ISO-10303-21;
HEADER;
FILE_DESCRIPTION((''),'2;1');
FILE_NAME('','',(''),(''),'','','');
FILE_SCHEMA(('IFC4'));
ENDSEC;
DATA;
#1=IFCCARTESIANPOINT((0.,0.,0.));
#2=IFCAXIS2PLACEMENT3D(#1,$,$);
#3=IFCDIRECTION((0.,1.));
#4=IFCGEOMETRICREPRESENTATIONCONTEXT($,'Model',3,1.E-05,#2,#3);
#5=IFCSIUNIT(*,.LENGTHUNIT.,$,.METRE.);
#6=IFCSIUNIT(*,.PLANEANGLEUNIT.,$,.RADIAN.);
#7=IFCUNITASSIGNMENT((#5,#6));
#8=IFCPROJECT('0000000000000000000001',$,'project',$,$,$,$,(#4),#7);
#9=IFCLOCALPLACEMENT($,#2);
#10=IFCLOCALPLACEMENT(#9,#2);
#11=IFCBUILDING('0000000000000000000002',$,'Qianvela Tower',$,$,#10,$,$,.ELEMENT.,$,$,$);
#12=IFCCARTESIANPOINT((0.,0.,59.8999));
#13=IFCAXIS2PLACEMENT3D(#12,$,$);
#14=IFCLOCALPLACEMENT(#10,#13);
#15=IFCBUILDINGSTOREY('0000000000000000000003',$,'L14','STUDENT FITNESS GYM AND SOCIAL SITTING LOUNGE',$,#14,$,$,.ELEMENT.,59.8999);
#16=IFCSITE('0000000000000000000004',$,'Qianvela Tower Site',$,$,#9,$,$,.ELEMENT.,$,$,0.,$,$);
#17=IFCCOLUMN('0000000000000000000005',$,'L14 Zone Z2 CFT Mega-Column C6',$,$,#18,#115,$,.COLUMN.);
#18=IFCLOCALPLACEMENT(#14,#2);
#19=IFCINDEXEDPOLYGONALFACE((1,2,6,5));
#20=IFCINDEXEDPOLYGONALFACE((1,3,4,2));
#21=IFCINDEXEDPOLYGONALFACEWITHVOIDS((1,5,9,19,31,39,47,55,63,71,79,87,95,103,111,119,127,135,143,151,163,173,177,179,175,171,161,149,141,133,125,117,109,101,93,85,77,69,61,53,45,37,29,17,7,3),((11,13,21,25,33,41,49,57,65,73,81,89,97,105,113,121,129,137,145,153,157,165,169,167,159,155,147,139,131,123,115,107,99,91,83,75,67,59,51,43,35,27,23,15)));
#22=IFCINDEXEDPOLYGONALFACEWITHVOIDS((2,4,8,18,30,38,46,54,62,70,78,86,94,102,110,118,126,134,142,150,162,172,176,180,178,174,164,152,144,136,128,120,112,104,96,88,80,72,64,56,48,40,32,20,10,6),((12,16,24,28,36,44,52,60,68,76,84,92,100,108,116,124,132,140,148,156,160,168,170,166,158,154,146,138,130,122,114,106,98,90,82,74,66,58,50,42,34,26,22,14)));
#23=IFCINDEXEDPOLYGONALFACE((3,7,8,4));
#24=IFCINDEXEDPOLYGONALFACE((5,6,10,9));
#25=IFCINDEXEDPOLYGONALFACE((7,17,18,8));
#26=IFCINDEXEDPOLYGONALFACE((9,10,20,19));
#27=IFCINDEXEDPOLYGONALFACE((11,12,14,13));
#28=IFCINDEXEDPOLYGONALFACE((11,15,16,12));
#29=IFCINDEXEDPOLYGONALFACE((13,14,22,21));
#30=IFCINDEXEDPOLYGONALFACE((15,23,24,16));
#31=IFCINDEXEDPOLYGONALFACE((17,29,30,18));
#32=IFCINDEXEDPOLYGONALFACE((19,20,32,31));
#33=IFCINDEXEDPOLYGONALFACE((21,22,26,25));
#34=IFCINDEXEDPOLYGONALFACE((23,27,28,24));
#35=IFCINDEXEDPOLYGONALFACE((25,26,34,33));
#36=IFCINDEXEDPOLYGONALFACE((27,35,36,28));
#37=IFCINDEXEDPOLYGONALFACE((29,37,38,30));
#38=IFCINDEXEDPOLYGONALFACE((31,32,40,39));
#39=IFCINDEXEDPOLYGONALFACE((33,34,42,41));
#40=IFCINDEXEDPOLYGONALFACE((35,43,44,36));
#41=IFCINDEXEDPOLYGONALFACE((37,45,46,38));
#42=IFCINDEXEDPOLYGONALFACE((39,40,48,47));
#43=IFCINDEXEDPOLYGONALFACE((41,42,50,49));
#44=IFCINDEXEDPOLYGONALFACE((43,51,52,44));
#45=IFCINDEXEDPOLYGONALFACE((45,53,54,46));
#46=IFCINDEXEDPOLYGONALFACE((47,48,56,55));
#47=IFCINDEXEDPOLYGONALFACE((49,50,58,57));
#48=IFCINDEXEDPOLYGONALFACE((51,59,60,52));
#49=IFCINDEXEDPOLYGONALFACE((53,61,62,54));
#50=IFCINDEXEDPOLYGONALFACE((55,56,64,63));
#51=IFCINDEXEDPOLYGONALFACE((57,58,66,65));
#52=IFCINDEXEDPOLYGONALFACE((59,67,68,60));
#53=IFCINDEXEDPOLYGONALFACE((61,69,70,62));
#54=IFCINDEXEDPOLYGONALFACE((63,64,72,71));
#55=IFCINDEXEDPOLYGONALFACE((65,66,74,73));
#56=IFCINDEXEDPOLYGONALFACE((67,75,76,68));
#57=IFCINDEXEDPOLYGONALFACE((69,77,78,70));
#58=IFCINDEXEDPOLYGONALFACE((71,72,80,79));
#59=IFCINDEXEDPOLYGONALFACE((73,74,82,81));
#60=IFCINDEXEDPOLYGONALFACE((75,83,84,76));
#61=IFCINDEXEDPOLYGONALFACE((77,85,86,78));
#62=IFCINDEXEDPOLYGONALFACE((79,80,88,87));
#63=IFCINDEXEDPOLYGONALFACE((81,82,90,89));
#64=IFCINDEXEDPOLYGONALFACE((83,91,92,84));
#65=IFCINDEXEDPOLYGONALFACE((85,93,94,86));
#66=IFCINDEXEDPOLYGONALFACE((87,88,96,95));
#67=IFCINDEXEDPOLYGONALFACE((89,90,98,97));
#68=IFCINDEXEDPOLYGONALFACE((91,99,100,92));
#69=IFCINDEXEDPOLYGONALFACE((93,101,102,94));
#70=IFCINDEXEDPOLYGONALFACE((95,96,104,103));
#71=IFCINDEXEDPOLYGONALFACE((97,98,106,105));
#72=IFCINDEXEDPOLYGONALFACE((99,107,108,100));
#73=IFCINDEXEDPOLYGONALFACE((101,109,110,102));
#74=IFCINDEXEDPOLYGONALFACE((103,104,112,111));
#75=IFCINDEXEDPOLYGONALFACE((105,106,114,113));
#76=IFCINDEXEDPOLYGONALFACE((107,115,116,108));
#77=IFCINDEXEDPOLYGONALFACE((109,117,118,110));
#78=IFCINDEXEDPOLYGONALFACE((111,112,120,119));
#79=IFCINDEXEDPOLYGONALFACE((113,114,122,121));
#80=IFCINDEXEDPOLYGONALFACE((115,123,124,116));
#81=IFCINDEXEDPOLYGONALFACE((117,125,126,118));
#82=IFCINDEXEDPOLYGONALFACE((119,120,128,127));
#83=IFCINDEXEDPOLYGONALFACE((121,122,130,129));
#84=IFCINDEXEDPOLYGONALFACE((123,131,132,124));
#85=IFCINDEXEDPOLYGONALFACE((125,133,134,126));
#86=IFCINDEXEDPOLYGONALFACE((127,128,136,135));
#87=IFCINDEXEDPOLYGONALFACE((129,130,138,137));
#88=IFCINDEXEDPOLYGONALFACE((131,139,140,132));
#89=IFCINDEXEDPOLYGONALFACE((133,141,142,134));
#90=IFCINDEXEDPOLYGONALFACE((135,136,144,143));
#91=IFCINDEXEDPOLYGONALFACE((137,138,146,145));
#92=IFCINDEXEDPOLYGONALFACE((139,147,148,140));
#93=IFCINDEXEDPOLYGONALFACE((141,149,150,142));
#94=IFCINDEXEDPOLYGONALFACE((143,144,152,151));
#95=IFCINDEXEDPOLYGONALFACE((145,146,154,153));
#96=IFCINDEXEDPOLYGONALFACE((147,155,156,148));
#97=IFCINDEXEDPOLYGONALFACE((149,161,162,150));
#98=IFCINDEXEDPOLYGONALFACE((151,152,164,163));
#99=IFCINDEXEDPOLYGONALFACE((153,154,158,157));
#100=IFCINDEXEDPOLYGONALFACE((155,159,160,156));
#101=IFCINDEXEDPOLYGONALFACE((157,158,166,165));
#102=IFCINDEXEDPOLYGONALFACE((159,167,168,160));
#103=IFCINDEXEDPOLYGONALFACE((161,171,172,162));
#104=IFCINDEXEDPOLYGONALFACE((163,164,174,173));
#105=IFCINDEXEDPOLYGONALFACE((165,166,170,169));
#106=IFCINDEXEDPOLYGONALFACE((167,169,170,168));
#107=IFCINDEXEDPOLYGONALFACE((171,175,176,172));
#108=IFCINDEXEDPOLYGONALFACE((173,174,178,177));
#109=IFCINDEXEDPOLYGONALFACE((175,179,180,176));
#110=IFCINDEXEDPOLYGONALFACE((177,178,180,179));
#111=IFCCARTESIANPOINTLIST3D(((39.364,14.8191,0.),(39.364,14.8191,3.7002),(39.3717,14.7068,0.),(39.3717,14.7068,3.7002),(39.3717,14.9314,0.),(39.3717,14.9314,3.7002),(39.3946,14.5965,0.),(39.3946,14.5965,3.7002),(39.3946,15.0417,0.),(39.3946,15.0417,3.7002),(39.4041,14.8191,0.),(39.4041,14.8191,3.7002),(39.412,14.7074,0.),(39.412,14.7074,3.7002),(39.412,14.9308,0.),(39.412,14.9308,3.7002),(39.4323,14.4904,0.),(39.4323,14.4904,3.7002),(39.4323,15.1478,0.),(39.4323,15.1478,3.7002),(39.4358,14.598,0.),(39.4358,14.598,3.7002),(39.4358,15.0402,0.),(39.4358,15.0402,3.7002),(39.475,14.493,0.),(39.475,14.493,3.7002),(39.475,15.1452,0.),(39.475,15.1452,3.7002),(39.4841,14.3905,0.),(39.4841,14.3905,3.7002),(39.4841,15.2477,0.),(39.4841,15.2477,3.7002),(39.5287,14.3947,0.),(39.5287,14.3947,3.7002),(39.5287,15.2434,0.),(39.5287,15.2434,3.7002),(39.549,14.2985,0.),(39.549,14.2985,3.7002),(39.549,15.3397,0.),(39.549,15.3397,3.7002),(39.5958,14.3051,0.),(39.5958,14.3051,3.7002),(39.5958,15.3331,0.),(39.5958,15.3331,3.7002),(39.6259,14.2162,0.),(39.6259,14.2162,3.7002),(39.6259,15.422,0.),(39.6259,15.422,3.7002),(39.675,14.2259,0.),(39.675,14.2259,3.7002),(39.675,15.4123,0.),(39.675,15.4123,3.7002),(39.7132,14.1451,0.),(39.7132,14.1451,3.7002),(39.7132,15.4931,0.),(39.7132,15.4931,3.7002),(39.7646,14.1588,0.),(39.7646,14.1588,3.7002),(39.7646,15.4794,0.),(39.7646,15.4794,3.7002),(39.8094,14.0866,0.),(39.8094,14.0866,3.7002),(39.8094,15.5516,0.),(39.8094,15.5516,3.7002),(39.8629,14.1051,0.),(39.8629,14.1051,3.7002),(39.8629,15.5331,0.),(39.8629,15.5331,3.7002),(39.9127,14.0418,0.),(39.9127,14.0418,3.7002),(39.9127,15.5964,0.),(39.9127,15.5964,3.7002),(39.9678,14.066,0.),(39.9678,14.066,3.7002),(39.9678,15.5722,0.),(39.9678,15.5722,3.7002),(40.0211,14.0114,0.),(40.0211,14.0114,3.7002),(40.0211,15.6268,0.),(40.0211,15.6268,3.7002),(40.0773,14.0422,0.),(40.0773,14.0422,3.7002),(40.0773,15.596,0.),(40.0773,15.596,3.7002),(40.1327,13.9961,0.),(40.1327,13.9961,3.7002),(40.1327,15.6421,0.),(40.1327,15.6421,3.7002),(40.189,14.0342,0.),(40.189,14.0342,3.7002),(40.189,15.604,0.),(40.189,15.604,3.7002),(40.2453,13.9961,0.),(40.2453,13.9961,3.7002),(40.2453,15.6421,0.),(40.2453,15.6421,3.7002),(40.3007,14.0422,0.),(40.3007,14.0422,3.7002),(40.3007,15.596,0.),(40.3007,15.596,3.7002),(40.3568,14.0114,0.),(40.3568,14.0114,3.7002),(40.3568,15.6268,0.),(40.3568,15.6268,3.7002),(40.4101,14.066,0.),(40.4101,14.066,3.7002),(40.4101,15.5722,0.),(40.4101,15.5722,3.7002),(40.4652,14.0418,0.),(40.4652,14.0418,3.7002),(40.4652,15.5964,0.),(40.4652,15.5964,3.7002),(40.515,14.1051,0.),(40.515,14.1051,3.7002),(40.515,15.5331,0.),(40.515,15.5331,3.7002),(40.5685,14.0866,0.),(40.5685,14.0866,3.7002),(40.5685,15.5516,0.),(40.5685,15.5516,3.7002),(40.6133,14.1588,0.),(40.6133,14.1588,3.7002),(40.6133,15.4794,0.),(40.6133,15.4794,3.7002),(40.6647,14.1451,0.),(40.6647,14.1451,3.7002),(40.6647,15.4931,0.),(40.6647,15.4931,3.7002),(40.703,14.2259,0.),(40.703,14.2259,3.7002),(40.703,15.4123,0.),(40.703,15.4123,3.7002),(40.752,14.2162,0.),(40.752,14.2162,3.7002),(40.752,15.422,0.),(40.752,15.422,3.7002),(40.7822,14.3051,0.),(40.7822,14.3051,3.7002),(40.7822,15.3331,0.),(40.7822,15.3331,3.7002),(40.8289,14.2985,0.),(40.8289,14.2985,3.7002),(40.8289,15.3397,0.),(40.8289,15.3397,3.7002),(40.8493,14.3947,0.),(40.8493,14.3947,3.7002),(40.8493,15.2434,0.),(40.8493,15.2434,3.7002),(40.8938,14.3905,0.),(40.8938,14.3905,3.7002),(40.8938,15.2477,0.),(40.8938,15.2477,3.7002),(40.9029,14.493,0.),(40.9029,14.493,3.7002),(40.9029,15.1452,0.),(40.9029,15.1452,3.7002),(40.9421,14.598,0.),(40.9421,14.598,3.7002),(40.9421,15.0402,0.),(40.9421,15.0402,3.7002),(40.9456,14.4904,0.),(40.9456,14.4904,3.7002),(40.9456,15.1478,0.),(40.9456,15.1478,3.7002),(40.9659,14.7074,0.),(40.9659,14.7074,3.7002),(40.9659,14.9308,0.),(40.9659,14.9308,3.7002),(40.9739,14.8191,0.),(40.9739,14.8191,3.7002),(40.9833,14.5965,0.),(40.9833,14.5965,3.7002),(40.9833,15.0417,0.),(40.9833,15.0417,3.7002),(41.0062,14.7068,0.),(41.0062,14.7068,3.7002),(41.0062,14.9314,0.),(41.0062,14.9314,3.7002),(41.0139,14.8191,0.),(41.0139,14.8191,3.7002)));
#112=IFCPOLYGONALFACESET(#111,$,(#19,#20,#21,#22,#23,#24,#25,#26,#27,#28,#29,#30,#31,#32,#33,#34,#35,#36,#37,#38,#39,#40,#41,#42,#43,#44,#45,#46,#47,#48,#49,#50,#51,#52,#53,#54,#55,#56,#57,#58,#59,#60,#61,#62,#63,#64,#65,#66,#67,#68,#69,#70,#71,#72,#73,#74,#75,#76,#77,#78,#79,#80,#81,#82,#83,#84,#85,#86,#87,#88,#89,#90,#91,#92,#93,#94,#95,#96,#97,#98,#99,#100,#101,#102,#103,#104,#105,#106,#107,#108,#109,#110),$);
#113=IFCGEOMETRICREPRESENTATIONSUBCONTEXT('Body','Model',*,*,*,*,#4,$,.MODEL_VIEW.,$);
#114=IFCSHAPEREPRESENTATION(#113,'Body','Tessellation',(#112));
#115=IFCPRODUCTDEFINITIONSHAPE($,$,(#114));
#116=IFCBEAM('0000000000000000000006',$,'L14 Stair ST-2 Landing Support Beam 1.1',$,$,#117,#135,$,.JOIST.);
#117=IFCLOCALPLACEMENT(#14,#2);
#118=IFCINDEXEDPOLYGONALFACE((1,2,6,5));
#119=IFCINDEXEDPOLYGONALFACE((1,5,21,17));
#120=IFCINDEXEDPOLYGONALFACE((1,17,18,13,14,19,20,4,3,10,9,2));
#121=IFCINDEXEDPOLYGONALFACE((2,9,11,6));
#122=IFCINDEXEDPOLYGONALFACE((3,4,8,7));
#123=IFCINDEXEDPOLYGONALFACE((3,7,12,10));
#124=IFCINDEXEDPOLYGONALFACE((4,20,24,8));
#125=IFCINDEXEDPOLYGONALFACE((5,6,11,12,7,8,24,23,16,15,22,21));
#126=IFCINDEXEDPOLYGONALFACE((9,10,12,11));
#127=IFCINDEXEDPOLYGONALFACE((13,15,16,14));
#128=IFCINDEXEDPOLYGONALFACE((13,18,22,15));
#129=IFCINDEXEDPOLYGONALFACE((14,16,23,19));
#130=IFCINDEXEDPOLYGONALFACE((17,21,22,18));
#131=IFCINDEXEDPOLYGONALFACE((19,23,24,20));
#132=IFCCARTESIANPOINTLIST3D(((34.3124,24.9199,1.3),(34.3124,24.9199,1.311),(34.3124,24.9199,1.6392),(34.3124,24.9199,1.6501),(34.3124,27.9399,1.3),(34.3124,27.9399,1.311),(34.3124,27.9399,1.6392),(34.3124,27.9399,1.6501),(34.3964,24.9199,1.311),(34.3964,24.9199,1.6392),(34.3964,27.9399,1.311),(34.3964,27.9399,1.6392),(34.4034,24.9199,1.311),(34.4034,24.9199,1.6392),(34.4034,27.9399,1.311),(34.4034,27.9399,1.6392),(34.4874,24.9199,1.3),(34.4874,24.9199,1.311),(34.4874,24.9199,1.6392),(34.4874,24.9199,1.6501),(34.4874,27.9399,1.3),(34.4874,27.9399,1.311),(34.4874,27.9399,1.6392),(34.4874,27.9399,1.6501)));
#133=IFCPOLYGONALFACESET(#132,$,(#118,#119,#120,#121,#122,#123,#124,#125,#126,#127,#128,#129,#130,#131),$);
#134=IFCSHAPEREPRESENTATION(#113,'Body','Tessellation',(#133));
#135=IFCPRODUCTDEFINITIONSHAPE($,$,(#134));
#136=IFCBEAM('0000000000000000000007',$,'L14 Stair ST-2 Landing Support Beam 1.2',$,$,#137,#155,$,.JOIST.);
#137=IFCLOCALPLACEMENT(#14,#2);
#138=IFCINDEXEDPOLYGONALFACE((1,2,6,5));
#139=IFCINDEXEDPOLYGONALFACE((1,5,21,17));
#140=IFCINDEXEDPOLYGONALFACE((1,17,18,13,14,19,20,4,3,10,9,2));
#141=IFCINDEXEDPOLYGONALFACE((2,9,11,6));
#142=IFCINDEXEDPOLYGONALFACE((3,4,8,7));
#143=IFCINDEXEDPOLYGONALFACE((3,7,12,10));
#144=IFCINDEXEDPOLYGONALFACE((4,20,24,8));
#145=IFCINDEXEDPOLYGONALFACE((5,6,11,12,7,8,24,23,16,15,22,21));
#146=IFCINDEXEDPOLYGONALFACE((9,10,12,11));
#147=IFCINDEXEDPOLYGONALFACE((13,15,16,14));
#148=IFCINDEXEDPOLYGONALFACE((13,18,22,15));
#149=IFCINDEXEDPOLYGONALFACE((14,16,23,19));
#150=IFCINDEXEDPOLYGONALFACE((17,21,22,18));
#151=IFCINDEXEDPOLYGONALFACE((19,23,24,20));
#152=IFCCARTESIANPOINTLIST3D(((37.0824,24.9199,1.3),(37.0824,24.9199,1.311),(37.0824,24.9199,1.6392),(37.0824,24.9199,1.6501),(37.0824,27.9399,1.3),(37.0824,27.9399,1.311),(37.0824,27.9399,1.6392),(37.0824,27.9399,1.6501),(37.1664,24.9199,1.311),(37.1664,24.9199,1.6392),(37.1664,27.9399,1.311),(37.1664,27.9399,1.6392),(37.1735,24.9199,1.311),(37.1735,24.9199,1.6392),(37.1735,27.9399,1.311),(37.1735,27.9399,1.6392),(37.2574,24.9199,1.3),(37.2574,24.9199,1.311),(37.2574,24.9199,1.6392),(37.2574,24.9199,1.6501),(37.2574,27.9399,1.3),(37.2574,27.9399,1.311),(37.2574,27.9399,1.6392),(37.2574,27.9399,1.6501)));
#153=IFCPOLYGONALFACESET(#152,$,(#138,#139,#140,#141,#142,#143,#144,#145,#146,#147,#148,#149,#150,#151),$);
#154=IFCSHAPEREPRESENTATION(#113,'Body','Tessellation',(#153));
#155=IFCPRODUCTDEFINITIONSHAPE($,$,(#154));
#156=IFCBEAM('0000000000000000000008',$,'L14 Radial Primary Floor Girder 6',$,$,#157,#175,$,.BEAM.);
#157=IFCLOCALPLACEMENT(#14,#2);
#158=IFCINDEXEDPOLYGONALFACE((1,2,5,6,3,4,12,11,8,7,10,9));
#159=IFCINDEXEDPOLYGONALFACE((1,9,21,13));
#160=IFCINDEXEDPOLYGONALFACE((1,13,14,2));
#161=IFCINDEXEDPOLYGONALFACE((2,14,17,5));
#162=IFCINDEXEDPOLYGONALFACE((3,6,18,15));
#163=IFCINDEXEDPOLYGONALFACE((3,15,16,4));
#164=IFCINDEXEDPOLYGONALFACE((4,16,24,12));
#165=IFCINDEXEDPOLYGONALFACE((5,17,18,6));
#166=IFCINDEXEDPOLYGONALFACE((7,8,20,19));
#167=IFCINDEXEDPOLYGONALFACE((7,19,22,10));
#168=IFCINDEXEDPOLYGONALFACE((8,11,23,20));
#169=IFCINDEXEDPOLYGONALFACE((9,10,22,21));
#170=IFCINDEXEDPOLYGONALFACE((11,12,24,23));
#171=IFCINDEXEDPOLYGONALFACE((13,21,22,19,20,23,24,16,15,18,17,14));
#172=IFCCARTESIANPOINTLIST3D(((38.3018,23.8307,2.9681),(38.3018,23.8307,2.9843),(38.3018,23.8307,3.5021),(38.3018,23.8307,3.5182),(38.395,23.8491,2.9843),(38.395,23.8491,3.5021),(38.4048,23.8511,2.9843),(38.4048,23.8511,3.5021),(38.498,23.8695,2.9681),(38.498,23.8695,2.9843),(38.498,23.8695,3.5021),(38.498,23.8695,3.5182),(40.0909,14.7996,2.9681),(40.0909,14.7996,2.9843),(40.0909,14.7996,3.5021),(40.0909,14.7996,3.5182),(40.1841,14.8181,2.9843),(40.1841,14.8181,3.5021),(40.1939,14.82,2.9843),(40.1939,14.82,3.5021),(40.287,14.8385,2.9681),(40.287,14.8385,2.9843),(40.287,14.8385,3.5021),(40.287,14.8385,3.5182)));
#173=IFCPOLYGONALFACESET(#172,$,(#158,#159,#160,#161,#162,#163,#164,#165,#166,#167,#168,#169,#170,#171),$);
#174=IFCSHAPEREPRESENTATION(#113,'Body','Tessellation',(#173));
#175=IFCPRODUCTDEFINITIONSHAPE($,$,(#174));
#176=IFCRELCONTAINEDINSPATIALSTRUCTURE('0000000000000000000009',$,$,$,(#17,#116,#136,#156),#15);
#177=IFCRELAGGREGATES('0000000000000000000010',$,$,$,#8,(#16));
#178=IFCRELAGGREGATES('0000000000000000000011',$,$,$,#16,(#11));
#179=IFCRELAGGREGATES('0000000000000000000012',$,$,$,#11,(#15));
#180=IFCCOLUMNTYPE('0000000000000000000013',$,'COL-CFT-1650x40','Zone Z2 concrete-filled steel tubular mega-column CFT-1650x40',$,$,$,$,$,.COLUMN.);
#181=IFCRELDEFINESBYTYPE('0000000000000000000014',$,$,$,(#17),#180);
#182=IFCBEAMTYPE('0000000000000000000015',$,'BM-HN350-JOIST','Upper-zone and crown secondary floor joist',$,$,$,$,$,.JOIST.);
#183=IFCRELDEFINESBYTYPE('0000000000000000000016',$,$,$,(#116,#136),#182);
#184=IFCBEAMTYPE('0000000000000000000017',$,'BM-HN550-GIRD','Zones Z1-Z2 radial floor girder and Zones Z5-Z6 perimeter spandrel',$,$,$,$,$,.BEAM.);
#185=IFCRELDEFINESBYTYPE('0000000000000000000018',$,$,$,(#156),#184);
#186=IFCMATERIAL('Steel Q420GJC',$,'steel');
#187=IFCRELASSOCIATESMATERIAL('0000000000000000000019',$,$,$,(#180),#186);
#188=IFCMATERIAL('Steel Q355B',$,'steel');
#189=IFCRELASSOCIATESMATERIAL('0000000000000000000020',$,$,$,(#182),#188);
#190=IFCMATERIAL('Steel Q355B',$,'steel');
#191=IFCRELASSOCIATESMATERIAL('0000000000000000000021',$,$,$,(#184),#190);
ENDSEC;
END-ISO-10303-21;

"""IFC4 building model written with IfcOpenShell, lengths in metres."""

from ifc_helpers import new_model, si_unit, direction, frame, origin, origin_2d, place, context, subcontext, project, spatial, hollow_circle, i_section, extrude, material, material_profile, profile_set, type_object, element, save


model = new_model("IFC4")

# Units and contexts
model_context = context("Model", 3, precision=1e-05, world=origin(), true_north=direction((0.0, 1.0)))
body_context = subcontext(model_context, "Body", "Model", "MODEL_VIEW")
ifc_project = project(units=[si_unit("LENGTHUNIT", "METRE"), si_unit("PLANEANGLEUNIT", "RADIAN")], contexts=[model_context])

# Site, building, storey
site_placement = place(None, origin())
site = spatial("IfcSite", under=ifc_project, at=site_placement, Name="Qianvela Tower Site", CompositionType="ELEMENT", RefElevation=0.0)
building_placement = place(site_placement, origin())
building = spatial("IfcBuilding", under=site, at=building_placement, Name="Qianvela Tower", CompositionType="ELEMENT")
storey_placement = place(building_placement, frame((0.0, 0.0, 59.8999)))
storey = spatial("IfcBuildingStorey", under=building, at=storey_placement, Name="L14", Description="STUDENT FITNESS GYM AND SOCIAL SITTING LOUNGE", CompositionType="ELEMENT", Elevation=59.8999)

# Column
ifc_material_1 = material(Name="Steel Q420GJC", Category="steel")
ifc_material_profile_1 = material_profile(ifc_material_1, hollow_circle(Radius=0.825, WallThickness=0.04, at=origin_2d()), Name="CFT-1650x40")
ifc_profile_set_1 = profile_set([ifc_material_profile_1], Name="Steel Q420GJC")
column_type = type_object("IfcColumnType", Name="COL-CFT-1650x40", Description="Zone Z2 concrete-filled steel tubular mega-column CFT-1650x40", PredefinedType="COLUMN", material=ifc_profile_set_1)
for number, where, z_axis, x_axis, name in (
    (1, (40.189, 14.8191, 0.0), (0.0, 0.0, 1.0), (1.0, 0.0, 0.0), "L14 Zone Z2 CFT Mega-Column C6"),
):
    element("IfcColumn", number, at=place(storey_placement, frame(where, z_axis=z_axis, x_axis=x_axis)), inside=storey, type_object=column_type, Name=name, PredefinedType="COLUMN", context=body_context, shape_type="SweptSolid", body=[
        extrude(hollow_circle(Radius=0.825, WallThickness=0.04, at=origin_2d()), origin(), (0.0, 0.0, 1.0), 3.7002),
    ])

# Beams
ifc_material_2 = material(Name="Steel Q355B", Category="steel")
ifc_material_profile_2 = material_profile(ifc_material_2, i_section(OverallWidth=0.175, OverallDepth=0.3501, WebThickness=0.0071, FlangeThickness=0.011, at=origin_2d()), Name="HN350x175x7x11")
ifc_profile_set_2 = profile_set([ifc_material_profile_2], Name="Steel Q355B")
beam_type_1 = type_object("IfcBeamType", Name="BM-HN350-JOIST", Description="Upper-zone and crown secondary floor joist", PredefinedType="JOIST", material=ifc_profile_set_2)
for number, where, z_axis, x_axis, name in (
    (2, (34.3999, 24.9199, 1.4751), (0.0, 1.0, 0.0), (-1.0, 0.0, 0.0), "L14 Stair ST-2 Landing Support Beam 1.1"),
    (3, (37.1699, 24.9199, 1.4751), (0.0, 1.0, 0.0), (-1.0, 0.0, 0.0), "L14 Stair ST-2 Landing Support Beam 1.2"),
):
    element("IfcBeam", number, at=place(storey_placement, frame(where, z_axis=z_axis, x_axis=x_axis)), inside=storey, type_object=beam_type_1, Name=name, PredefinedType="JOIST", context=body_context, shape_type="SweptSolid", body=[
        extrude(i_section(OverallWidth=0.175, OverallDepth=0.3501, WebThickness=0.0071, FlangeThickness=0.011, at=origin_2d()), origin(), (0.0, 0.0, 1.0), 3.02),
    ])
ifc_material_3 = material(Name="Steel Q355B", Category="steel")
ifc_material_profile_3 = material_profile(ifc_material_3, i_section(OverallWidth=0.2, OverallDepth=0.55, WebThickness=0.01, FlangeThickness=0.0161, at=origin_2d()), Name="HN550x200x10x16")
ifc_profile_set_3 = profile_set([ifc_material_profile_3], Name="Steel Q355B")
beam_type_2 = type_object("IfcBeamType", Name="BM-HN550-GIRD", Description="Zones Z1-Z2 radial floor girder and Zones Z5-Z6 perimeter spandrel", PredefinedType="BEAM", material=ifc_profile_set_3)
beam_1_placement = place(storey_placement, frame((38.3999, 23.8501, 3.2432), z_axis=(0.194326, -0.980937, 0.0), x_axis=(0.980937, 0.194326, 0.0)))
element("IfcBeam", 4, at=beam_1_placement, inside=storey, type_object=beam_type_2, Name="L14 Radial Primary Floor Girder 6", PredefinedType="BEAM", context=body_context, shape_type="SweptSolid", body=[
    extrude(i_section(OverallWidth=0.2, OverallDepth=0.55, WebThickness=0.01, FlangeThickness=0.0161, at=origin_2d()), origin(), (0.0, 0.0, 1.0), 9.2065),
])

save(model, "model.ifc")
